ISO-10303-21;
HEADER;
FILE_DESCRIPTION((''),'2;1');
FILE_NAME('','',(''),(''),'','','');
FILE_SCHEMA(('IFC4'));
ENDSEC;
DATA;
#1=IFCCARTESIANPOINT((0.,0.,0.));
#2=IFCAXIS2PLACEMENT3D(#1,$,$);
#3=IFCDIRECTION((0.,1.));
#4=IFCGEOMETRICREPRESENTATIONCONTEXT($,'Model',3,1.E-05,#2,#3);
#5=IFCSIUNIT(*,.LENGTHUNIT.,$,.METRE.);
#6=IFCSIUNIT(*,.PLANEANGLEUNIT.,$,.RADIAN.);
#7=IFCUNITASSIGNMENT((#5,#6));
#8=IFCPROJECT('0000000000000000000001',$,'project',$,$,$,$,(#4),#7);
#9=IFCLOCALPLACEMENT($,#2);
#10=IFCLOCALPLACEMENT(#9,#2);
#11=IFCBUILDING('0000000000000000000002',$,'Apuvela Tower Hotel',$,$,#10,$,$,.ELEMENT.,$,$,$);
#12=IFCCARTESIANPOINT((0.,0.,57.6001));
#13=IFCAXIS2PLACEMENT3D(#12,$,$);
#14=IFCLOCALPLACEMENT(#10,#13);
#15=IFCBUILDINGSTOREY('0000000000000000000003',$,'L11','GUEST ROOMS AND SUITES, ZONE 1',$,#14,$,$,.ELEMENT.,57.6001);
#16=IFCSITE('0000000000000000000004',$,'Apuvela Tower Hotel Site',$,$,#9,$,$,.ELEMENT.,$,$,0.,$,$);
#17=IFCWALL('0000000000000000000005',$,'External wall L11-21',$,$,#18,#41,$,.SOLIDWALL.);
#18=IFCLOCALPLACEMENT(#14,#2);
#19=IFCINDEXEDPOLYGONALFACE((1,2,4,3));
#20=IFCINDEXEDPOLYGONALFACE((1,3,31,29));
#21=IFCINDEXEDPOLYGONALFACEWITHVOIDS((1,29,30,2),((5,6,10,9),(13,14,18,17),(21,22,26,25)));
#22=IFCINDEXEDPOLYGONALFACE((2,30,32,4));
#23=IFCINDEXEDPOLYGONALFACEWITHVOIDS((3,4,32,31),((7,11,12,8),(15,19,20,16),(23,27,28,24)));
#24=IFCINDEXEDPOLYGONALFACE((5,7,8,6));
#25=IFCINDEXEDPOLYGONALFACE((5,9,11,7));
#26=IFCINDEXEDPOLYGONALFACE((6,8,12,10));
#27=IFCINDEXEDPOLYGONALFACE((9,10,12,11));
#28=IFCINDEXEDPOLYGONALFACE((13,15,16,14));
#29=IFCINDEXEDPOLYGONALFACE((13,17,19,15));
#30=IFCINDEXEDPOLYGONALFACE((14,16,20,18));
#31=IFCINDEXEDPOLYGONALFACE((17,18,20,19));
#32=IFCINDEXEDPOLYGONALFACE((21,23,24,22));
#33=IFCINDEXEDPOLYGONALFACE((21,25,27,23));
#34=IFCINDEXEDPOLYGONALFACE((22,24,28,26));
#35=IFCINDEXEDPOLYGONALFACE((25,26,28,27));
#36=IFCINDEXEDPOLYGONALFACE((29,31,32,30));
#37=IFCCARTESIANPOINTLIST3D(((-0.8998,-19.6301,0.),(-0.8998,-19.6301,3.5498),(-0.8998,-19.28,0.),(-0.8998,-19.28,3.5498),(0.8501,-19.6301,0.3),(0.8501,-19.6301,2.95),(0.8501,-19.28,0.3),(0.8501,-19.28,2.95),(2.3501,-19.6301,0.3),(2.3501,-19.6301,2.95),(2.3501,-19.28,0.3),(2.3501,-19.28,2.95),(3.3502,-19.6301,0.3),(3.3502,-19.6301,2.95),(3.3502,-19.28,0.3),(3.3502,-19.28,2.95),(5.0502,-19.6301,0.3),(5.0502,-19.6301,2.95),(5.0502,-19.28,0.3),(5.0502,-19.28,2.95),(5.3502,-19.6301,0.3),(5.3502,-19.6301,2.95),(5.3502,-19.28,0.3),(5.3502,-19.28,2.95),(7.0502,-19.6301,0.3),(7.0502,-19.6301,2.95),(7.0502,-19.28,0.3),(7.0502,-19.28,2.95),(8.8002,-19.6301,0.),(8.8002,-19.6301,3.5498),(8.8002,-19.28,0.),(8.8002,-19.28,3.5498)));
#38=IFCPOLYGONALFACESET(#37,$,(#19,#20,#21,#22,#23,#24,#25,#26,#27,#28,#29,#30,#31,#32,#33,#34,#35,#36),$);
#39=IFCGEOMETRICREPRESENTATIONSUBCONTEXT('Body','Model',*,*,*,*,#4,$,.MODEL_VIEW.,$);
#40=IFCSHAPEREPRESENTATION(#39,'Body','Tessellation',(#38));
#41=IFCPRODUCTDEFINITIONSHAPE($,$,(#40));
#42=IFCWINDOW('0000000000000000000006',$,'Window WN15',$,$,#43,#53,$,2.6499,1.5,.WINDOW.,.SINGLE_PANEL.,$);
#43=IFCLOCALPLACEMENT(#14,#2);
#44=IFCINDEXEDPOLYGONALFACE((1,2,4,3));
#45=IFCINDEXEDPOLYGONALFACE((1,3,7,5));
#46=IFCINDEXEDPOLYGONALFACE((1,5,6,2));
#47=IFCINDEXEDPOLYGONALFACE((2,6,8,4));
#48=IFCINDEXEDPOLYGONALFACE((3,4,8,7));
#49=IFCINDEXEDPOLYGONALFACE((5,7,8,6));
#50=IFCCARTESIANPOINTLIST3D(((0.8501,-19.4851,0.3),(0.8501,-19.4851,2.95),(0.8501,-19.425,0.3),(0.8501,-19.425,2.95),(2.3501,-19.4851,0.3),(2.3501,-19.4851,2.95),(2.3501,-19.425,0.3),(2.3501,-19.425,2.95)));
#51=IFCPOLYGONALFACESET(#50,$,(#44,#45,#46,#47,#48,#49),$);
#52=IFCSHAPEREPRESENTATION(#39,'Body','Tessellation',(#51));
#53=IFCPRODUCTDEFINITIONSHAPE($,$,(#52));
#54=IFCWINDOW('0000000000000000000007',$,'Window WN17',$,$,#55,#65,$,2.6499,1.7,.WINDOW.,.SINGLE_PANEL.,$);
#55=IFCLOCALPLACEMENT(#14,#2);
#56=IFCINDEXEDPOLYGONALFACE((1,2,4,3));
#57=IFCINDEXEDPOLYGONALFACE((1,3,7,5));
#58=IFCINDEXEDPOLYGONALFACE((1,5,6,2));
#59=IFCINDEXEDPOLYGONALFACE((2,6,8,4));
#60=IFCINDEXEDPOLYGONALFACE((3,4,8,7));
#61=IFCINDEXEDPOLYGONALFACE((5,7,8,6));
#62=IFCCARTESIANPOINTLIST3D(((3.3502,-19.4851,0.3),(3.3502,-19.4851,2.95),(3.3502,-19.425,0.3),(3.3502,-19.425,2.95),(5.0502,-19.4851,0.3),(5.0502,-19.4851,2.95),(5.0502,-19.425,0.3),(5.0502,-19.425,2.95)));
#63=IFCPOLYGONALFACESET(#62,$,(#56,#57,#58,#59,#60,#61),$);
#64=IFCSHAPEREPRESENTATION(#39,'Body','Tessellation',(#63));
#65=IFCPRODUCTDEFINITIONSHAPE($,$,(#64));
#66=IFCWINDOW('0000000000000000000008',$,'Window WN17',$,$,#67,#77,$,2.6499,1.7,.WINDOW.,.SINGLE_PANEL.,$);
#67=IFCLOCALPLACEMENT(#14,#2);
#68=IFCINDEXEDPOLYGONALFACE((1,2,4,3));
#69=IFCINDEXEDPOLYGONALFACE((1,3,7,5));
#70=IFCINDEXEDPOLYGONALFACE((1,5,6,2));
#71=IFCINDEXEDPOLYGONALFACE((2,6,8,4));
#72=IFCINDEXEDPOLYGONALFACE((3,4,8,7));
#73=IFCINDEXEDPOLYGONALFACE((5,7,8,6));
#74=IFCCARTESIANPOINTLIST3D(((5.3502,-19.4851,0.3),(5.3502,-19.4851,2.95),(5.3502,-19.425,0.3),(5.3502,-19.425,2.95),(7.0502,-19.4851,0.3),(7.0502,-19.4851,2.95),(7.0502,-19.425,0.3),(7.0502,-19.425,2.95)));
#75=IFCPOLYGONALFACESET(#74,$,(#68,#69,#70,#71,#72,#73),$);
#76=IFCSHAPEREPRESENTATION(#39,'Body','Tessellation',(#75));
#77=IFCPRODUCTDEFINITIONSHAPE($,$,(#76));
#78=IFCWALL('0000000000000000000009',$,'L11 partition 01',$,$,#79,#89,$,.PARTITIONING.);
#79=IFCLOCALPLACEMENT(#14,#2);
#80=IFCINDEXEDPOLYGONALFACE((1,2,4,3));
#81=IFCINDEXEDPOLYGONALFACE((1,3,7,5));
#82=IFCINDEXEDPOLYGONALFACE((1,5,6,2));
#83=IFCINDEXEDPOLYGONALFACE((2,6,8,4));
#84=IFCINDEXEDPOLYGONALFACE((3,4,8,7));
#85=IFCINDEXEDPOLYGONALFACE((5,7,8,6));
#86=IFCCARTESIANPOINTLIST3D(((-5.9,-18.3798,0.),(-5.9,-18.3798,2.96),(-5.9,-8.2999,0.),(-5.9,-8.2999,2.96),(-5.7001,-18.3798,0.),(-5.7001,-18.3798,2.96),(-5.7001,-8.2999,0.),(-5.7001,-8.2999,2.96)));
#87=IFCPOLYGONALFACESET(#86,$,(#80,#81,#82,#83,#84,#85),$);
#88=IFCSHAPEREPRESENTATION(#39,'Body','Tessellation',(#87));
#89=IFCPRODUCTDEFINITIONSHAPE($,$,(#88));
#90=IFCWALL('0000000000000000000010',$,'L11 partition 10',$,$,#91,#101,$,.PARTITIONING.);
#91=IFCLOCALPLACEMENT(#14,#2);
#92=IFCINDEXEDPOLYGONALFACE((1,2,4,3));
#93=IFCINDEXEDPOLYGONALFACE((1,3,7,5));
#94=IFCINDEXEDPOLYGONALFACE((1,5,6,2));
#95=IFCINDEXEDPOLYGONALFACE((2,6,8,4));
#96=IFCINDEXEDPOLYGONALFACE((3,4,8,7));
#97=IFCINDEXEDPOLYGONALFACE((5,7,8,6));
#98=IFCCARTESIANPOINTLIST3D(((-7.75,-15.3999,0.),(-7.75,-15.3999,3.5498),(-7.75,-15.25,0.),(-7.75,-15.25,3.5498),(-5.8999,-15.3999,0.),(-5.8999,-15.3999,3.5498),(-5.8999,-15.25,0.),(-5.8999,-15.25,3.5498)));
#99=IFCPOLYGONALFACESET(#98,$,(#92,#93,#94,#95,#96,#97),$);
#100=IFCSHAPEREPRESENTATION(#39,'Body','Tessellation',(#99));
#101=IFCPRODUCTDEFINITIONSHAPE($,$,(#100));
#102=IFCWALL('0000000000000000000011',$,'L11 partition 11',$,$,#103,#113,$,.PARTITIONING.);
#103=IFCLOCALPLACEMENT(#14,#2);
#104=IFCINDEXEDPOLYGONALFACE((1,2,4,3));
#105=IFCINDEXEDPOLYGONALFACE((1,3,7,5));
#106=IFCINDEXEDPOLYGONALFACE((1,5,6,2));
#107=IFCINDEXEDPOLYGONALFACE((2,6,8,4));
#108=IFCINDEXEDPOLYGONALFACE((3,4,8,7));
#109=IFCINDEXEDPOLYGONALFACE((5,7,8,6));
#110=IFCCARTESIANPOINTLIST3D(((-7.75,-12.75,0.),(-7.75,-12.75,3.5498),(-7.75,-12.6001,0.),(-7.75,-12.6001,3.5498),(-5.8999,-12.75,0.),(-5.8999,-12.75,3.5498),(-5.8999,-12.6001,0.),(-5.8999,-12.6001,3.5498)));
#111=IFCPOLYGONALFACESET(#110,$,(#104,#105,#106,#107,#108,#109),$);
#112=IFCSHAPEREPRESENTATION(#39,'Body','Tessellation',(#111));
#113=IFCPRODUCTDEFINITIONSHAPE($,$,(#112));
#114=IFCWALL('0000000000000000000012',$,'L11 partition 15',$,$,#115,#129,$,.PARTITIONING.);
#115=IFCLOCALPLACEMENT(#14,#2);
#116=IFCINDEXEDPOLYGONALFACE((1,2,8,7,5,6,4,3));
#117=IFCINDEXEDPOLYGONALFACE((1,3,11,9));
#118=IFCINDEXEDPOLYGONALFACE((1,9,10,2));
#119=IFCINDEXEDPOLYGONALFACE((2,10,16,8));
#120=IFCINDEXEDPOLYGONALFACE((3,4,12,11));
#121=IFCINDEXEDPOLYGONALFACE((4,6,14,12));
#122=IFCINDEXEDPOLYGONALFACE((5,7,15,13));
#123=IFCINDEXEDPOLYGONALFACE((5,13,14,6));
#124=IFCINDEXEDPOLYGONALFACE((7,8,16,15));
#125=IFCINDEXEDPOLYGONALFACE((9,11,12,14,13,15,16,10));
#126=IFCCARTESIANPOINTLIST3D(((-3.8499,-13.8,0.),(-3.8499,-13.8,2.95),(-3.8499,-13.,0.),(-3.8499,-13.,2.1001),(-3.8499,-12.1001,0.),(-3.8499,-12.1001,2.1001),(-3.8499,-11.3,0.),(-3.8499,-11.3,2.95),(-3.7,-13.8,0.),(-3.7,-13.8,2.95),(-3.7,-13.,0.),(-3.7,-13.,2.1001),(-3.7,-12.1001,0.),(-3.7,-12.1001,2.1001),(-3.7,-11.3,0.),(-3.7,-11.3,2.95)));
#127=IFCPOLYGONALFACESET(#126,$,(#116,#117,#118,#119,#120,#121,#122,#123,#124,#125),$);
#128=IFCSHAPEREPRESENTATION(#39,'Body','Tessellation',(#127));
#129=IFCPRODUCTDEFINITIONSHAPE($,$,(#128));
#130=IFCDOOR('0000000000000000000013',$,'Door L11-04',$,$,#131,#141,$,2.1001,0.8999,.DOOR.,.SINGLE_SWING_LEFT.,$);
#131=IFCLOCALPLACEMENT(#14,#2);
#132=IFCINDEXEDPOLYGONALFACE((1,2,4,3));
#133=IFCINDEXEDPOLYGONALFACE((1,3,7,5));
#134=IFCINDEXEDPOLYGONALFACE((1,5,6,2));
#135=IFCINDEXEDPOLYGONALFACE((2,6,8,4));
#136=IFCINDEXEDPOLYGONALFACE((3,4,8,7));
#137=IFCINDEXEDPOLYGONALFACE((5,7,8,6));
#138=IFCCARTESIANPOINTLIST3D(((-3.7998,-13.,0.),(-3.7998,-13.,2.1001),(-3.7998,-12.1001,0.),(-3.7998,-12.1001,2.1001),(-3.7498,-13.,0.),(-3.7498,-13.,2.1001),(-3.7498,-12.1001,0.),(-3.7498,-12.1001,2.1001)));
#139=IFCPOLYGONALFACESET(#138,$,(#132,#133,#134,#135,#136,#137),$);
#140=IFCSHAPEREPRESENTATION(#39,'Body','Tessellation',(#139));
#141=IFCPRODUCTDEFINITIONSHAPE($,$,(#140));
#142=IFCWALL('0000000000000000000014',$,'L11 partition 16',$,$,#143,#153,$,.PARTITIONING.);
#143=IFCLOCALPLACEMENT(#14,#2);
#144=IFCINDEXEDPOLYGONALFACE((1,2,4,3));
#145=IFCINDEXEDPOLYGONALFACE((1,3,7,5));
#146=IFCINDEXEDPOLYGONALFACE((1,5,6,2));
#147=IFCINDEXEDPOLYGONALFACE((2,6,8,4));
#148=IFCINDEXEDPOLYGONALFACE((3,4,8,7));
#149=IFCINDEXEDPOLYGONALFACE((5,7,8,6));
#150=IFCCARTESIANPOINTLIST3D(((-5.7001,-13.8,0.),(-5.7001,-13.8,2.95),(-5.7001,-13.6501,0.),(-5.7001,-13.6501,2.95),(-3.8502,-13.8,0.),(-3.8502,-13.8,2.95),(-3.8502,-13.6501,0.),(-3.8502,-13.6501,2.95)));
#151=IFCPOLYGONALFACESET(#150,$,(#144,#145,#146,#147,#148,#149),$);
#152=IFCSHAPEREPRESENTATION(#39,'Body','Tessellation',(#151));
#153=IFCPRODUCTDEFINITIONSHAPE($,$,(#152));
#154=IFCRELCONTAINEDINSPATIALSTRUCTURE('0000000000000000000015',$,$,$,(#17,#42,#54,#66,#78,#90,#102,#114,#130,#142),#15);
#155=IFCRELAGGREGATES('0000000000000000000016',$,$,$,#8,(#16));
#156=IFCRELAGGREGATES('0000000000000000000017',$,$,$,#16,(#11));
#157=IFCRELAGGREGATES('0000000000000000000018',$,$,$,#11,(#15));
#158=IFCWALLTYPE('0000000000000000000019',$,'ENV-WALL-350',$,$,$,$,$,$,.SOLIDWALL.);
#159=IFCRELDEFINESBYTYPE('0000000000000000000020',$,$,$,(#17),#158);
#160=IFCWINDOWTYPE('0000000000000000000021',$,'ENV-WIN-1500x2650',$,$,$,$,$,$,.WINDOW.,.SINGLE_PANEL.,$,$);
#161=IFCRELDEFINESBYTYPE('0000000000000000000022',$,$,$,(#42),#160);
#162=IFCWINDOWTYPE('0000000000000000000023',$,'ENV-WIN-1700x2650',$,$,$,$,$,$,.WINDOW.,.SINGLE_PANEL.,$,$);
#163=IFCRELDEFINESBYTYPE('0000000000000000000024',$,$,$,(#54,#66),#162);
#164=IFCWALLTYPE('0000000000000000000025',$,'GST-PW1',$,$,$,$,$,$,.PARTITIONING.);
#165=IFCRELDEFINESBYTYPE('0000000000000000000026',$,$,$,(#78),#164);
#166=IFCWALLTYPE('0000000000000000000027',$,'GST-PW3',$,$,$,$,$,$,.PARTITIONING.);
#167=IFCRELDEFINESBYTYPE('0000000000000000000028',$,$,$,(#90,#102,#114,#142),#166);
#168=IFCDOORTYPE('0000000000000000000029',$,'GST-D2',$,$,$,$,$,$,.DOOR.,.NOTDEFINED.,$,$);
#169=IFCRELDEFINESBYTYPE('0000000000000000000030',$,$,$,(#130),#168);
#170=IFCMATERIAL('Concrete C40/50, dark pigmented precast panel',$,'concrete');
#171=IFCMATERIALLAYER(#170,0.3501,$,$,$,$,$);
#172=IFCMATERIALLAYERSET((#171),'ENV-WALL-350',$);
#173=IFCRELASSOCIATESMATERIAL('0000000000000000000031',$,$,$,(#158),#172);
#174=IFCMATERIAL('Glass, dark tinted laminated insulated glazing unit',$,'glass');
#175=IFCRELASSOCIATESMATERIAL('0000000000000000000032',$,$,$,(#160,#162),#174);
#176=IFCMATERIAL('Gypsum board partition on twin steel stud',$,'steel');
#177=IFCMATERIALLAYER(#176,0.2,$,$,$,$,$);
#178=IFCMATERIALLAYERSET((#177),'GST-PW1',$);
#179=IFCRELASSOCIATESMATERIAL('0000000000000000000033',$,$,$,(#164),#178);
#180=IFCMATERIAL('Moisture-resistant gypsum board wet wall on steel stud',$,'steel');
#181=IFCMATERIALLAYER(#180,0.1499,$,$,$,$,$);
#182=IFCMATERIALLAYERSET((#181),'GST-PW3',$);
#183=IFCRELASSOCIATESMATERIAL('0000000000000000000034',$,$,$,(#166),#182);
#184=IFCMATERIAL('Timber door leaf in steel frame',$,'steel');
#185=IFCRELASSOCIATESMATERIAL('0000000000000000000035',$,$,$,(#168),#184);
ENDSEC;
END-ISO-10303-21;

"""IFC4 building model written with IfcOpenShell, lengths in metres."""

from ifc_helpers import new_model, si_unit, direction, frame, frame_2d, origin, place, context, subcontext, project, spatial, rectangle, extrude, material, layer, layer_set, type_object, element, fill, save


model = new_model("IFC4")

# Units and contexts
model_context = context("Model", 3, precision=1e-05, world=origin(), true_north=direction((0.0, 1.0)))
body_context = subcontext(model_context, "Body", "Model", "MODEL_VIEW")
ifc_project = project(units=[si_unit("LENGTHUNIT", "METRE"), si_unit("PLANEANGLEUNIT", "RADIAN")], contexts=[model_context])

# Site, building, storey
site_placement = place(None, origin())
site = spatial("IfcSite", under=ifc_project, at=site_placement, Name="Apuvela Tower Hotel Site", CompositionType="ELEMENT", RefElevation=0.0)
building_placement = place(site_placement, origin())
building = spatial("IfcBuilding", under=site, at=building_placement, Name="Apuvela Tower Hotel", CompositionType="ELEMENT")
storey_placement = place(building_placement, frame((0.0, 0.0, 57.6001)))
storey = spatial("IfcBuildingStorey", under=building, at=storey_placement, Name="L11", Description="GUEST ROOMS AND SUITES, ZONE 1", CompositionType="ELEMENT", Elevation=57.6001)

# Shared definitions
ifc_material_1 = material(Name="Concrete C40/50, dark pigmented precast panel", Category="concrete")
ifc_layer_1 = layer(ifc_material_1, 0.3501)
ifc_layer_set_1 = layer_set([ifc_layer_1], Name="ENV-WALL-350")
wall_type_1 = type_object("IfcWallType", Name="ENV-WALL-350", PredefinedType="SOLIDWALL", material=ifc_layer_set_1)

# Shared definitions
ifc_material_2 = material(Name="Glass, dark tinted laminated insulated glazing unit", Category="glass")

# Wall, openings, windows
wall_1_placement = place(storey_placement, frame((-0.8999, -19.4551, 0.0), z_axis=(0.0, 0.0, 1.0), x_axis=(1.0, 0.0, 0.0)))
wall_1 = element("IfcWall", 1, at=wall_1_placement, inside=storey, type_object=wall_type_1, Name="External wall L11-21", PredefinedType="SOLIDWALL", context=body_context, shape_type="SweptSolid", body=[
    extrude(rectangle(XDim=9.7, YDim=0.3501, at=frame_2d((4.8501, 0.0))), origin(), (0.0, 0.0, 1.0), 3.5498),
])
opening_1_placement = place(wall_1_placement, frame((1.75, 0.0, 0.3)))
opening_1 = element("IfcOpeningElement", 2, at=opening_1_placement, cuts=wall_1, PredefinedType="OPENING", context=body_context, shape_type="SweptSolid", body=[
    extrude(rectangle(XDim=1.5, YDim=2.6499, at=frame_2d((0.75, 1.325))), frame((0.0, 0.1851, 0.0), z_axis=(0.0, -1.0, 0.0), x_axis=(1.0, 0.0, 0.0)), (0.0, 0.0, 1.0), 0.3701),
])
opening_2_placement = place(wall_1_placement, frame((4.25, 0.0, 0.3)))
opening_2 = element("IfcOpeningElement", 3, at=opening_2_placement, cuts=wall_1, PredefinedType="OPENING", context=body_context, shape_type="SweptSolid", body=[
    extrude(rectangle(XDim=1.7, YDim=2.6499, at=frame_2d((0.8501, 1.325))), frame((0.0, 0.1851, 0.0), z_axis=(0.0, -1.0, 0.0), x_axis=(1.0, 0.0, 0.0)), (0.0, 0.0, 1.0), 0.3701),
])
opening_3_placement = place(wall_1_placement, frame((6.25, 0.0, 0.3)))
opening_3 = element("IfcOpeningElement", 4, at=opening_3_placement, cuts=wall_1, PredefinedType="OPENING", context=body_context, shape_type="SweptSolid", body=[
    extrude(rectangle(XDim=1.7, YDim=2.6499, at=frame_2d((0.8501, 1.325))), frame((0.0, 0.1851, 0.0), z_axis=(0.0, -1.0, 0.0), x_axis=(1.0, 0.0, 0.0)), (0.0, 0.0, 1.0), 0.3701),
])
window_type_1 = type_object("IfcWindowType", Name="ENV-WIN-1500x2650", PartitioningType="SINGLE_PANEL", PredefinedType="WINDOW", material=ifc_material_2)
window_1_placement = place(opening_1_placement, origin())
window_1 = element("IfcWindow", 5, at=window_1_placement, inside=storey, type_object=window_type_1, Name="Window WN15", OverallHeight=2.6499, OverallWidth=1.5, PartitioningType="SINGLE_PANEL", PredefinedType="WINDOW", context=body_context, shape_type="SweptSolid", body=[
    extrude(rectangle(XDim=1.5, YDim=2.6499, at=frame_2d((0.75, 1.325))), frame((0.0, 0.03, 0.0), z_axis=(0.0, -1.0, 0.0), x_axis=(1.0, 0.0, 0.0)), (0.0, 0.0, 1.0), 0.0601),
])
fill(opening_1, window_1)
window_type_2 = type_object("IfcWindowType", Name="ENV-WIN-1700x2650", PartitioningType="SINGLE_PANEL", PredefinedType="WINDOW", material=ifc_material_2)
window_2_placement = place(opening_2_placement, origin())
window_2 = element("IfcWindow", 6, at=window_2_placement, inside=storey, type_object=window_type_2, Name="Window WN17", OverallHeight=2.6499, OverallWidth=1.7, PartitioningType="SINGLE_PANEL", PredefinedType="WINDOW", context=body_context, shape_type="SweptSolid", body=[
    extrude(rectangle(XDim=1.7, YDim=2.6499, at=frame_2d((0.8501, 1.325))), frame((0.0, 0.03, 0.0), z_axis=(0.0, -1.0, 0.0), x_axis=(1.0, 0.0, 0.0)), (0.0, 0.0, 1.0), 0.0601),
])
fill(opening_2, window_2)
window_3_placement = place(opening_3_placement, origin())
window_3 = element("IfcWindow", 7, at=window_3_placement, inside=storey, type_object=window_type_2, Name="Window WN17", OverallHeight=2.6499, OverallWidth=1.7, PartitioningType="SINGLE_PANEL", PredefinedType="WINDOW", context=body_context, shape_type="SweptSolid", body=[
    extrude(rectangle(XDim=1.7, YDim=2.6499, at=frame_2d((0.8501, 1.325))), frame((0.0, 0.03, 0.0), z_axis=(0.0, -1.0, 0.0), x_axis=(1.0, 0.0, 0.0)), (0.0, 0.0, 1.0), 0.0601),
])
fill(opening_3, window_3)

# Walls
ifc_material_3 = material(Name="Gypsum board partition on twin steel stud", Category="steel")
ifc_layer_2 = layer(ifc_material_3, 0.2)
ifc_layer_set_2 = layer_set([ifc_layer_2], Name="GST-PW1")
wall_type_2 = type_object("IfcWallType", Name="GST-PW1", PredefinedType="PARTITIONING", material=ifc_layer_set_2)
wall_2_placement = place(storey_placement, frame((-5.8, -18.3799, 0.0), z_axis=(0.0, 0.0, 1.0), x_axis=(0.0, 1.0, 0.0)))
element("IfcWall", 8, at=wall_2_placement, inside=storey, type_object=wall_type_2, Name="L11 partition 01", PredefinedType="PARTITIONING", context=body_context, shape_type="SweptSolid", body=[
    extrude(rectangle(XDim=10.0798, YDim=0.2, at=frame_2d((5.04, 0.0))), origin(), (0.0, 0.0, 1.0), 2.96),
])
ifc_material_4 = material(Name="Moisture-resistant gypsum board wet wall on steel stud", Category="steel")
ifc_layer_3 = layer(ifc_material_4, 0.1499)
ifc_layer_set_3 = layer_set([ifc_layer_3], Name="GST-PW3")
wall_type_3 = type_object("IfcWallType", Name="GST-PW3", PredefinedType="PARTITIONING", material=ifc_layer_set_3)
for number, where, z_axis, x_axis, name in (
    (9, (-7.75, -15.325, 0.0), (0.0, 0.0, 1.0), (1.0, 0.0, 0.0), "L11 partition 10"),
    (10, (-7.75, -12.675, 0.0), (0.0, 0.0, 1.0), (1.0, 0.0, 0.0), "L11 partition 11"),
):
    element("IfcWall", number, at=place(storey_placement, frame(where, z_axis=z_axis, x_axis=x_axis)), inside=storey, type_object=wall_type_3, Name=name, PredefinedType="PARTITIONING", context=body_context, shape_type="SweptSolid", body=[
        extrude(rectangle(XDim=1.8501, YDim=0.1499, at=frame_2d((0.925, 0.0))), origin(), (0.0, 0.0, 1.0), 3.5498),
    ])

# Wall, opening, door
wall_3_placement = place(storey_placement, frame((-3.7749, -13.8, 0.0), z_axis=(0.0, 0.0, 1.0), x_axis=(0.0, 1.0, 0.0)))
wall_3 = element("IfcWall", 11, at=wall_3_placement, inside=storey, type_object=wall_type_3, Name="L11 partition 15", PredefinedType="PARTITIONING", context=body_context, shape_type="SweptSolid", body=[
    extrude(rectangle(XDim=2.5, YDim=0.1499, at=frame_2d((1.25, 0.0))), origin(), (0.0, 0.0, 1.0), 2.95),
])
opening_4_placement = place(wall_3_placement, frame((0.8, 0.0, 0.0)))
opening_4 = element("IfcOpeningElement", 12, at=opening_4_placement, cuts=wall_3, PredefinedType="OPENING", context=body_context, shape_type="SweptSolid", body=[
    extrude(rectangle(XDim=0.8999, YDim=2.1001, at=frame_2d((0.45, 1.05))), frame((0.0, 0.085, 0.0), z_axis=(0.0, -1.0, 0.0), x_axis=(1.0, 0.0, 0.0)), (0.0, 0.0, 1.0), 0.1699),
])
ifc_material_5 = material(Name="Timber door leaf in steel frame", Category="steel")
door_type_1 = type_object("IfcDoorType", Name="GST-D2", OperationType="NOTDEFINED", PredefinedType="DOOR", material=ifc_material_5)
door_1_placement = place(opening_4_placement, origin())
door_1 = element("IfcDoor", 13, at=door_1_placement, inside=storey, type_object=door_type_1, Name="Door L11-04", OperationType="SINGLE_SWING_LEFT", OverallHeight=2.1001, OverallWidth=0.8999, PredefinedType="DOOR", context=body_context, shape_type="SweptSolid", body=[
    extrude(rectangle(XDim=0.8999, YDim=2.1001, at=frame_2d((0.45, 1.05))), frame((0.0, 0.0249, 0.0), z_axis=(0.0, -1.0, 0.0), x_axis=(1.0, 0.0, 0.0)), (0.0, 0.0, 1.0), 0.05),
])
fill(opening_4, door_1)

# Wall
wall_4_placement = place(storey_placement, frame((-5.7, -13.7251, 0.0), z_axis=(0.0, 0.0, 1.0), x_axis=(1.0, 0.0, 0.0)))
element("IfcWall", 14, at=wall_4_placement, inside=storey, type_object=wall_type_3, Name="L11 partition 16", PredefinedType="PARTITIONING", context=body_context, shape_type="SweptSolid", body=[
    extrude(rectangle(XDim=1.8499, YDim=0.1499, at=frame_2d((0.9248, 0.0))), origin(), (0.0, 0.0, 1.0), 2.95),
])

save(model, "model.ifc")
